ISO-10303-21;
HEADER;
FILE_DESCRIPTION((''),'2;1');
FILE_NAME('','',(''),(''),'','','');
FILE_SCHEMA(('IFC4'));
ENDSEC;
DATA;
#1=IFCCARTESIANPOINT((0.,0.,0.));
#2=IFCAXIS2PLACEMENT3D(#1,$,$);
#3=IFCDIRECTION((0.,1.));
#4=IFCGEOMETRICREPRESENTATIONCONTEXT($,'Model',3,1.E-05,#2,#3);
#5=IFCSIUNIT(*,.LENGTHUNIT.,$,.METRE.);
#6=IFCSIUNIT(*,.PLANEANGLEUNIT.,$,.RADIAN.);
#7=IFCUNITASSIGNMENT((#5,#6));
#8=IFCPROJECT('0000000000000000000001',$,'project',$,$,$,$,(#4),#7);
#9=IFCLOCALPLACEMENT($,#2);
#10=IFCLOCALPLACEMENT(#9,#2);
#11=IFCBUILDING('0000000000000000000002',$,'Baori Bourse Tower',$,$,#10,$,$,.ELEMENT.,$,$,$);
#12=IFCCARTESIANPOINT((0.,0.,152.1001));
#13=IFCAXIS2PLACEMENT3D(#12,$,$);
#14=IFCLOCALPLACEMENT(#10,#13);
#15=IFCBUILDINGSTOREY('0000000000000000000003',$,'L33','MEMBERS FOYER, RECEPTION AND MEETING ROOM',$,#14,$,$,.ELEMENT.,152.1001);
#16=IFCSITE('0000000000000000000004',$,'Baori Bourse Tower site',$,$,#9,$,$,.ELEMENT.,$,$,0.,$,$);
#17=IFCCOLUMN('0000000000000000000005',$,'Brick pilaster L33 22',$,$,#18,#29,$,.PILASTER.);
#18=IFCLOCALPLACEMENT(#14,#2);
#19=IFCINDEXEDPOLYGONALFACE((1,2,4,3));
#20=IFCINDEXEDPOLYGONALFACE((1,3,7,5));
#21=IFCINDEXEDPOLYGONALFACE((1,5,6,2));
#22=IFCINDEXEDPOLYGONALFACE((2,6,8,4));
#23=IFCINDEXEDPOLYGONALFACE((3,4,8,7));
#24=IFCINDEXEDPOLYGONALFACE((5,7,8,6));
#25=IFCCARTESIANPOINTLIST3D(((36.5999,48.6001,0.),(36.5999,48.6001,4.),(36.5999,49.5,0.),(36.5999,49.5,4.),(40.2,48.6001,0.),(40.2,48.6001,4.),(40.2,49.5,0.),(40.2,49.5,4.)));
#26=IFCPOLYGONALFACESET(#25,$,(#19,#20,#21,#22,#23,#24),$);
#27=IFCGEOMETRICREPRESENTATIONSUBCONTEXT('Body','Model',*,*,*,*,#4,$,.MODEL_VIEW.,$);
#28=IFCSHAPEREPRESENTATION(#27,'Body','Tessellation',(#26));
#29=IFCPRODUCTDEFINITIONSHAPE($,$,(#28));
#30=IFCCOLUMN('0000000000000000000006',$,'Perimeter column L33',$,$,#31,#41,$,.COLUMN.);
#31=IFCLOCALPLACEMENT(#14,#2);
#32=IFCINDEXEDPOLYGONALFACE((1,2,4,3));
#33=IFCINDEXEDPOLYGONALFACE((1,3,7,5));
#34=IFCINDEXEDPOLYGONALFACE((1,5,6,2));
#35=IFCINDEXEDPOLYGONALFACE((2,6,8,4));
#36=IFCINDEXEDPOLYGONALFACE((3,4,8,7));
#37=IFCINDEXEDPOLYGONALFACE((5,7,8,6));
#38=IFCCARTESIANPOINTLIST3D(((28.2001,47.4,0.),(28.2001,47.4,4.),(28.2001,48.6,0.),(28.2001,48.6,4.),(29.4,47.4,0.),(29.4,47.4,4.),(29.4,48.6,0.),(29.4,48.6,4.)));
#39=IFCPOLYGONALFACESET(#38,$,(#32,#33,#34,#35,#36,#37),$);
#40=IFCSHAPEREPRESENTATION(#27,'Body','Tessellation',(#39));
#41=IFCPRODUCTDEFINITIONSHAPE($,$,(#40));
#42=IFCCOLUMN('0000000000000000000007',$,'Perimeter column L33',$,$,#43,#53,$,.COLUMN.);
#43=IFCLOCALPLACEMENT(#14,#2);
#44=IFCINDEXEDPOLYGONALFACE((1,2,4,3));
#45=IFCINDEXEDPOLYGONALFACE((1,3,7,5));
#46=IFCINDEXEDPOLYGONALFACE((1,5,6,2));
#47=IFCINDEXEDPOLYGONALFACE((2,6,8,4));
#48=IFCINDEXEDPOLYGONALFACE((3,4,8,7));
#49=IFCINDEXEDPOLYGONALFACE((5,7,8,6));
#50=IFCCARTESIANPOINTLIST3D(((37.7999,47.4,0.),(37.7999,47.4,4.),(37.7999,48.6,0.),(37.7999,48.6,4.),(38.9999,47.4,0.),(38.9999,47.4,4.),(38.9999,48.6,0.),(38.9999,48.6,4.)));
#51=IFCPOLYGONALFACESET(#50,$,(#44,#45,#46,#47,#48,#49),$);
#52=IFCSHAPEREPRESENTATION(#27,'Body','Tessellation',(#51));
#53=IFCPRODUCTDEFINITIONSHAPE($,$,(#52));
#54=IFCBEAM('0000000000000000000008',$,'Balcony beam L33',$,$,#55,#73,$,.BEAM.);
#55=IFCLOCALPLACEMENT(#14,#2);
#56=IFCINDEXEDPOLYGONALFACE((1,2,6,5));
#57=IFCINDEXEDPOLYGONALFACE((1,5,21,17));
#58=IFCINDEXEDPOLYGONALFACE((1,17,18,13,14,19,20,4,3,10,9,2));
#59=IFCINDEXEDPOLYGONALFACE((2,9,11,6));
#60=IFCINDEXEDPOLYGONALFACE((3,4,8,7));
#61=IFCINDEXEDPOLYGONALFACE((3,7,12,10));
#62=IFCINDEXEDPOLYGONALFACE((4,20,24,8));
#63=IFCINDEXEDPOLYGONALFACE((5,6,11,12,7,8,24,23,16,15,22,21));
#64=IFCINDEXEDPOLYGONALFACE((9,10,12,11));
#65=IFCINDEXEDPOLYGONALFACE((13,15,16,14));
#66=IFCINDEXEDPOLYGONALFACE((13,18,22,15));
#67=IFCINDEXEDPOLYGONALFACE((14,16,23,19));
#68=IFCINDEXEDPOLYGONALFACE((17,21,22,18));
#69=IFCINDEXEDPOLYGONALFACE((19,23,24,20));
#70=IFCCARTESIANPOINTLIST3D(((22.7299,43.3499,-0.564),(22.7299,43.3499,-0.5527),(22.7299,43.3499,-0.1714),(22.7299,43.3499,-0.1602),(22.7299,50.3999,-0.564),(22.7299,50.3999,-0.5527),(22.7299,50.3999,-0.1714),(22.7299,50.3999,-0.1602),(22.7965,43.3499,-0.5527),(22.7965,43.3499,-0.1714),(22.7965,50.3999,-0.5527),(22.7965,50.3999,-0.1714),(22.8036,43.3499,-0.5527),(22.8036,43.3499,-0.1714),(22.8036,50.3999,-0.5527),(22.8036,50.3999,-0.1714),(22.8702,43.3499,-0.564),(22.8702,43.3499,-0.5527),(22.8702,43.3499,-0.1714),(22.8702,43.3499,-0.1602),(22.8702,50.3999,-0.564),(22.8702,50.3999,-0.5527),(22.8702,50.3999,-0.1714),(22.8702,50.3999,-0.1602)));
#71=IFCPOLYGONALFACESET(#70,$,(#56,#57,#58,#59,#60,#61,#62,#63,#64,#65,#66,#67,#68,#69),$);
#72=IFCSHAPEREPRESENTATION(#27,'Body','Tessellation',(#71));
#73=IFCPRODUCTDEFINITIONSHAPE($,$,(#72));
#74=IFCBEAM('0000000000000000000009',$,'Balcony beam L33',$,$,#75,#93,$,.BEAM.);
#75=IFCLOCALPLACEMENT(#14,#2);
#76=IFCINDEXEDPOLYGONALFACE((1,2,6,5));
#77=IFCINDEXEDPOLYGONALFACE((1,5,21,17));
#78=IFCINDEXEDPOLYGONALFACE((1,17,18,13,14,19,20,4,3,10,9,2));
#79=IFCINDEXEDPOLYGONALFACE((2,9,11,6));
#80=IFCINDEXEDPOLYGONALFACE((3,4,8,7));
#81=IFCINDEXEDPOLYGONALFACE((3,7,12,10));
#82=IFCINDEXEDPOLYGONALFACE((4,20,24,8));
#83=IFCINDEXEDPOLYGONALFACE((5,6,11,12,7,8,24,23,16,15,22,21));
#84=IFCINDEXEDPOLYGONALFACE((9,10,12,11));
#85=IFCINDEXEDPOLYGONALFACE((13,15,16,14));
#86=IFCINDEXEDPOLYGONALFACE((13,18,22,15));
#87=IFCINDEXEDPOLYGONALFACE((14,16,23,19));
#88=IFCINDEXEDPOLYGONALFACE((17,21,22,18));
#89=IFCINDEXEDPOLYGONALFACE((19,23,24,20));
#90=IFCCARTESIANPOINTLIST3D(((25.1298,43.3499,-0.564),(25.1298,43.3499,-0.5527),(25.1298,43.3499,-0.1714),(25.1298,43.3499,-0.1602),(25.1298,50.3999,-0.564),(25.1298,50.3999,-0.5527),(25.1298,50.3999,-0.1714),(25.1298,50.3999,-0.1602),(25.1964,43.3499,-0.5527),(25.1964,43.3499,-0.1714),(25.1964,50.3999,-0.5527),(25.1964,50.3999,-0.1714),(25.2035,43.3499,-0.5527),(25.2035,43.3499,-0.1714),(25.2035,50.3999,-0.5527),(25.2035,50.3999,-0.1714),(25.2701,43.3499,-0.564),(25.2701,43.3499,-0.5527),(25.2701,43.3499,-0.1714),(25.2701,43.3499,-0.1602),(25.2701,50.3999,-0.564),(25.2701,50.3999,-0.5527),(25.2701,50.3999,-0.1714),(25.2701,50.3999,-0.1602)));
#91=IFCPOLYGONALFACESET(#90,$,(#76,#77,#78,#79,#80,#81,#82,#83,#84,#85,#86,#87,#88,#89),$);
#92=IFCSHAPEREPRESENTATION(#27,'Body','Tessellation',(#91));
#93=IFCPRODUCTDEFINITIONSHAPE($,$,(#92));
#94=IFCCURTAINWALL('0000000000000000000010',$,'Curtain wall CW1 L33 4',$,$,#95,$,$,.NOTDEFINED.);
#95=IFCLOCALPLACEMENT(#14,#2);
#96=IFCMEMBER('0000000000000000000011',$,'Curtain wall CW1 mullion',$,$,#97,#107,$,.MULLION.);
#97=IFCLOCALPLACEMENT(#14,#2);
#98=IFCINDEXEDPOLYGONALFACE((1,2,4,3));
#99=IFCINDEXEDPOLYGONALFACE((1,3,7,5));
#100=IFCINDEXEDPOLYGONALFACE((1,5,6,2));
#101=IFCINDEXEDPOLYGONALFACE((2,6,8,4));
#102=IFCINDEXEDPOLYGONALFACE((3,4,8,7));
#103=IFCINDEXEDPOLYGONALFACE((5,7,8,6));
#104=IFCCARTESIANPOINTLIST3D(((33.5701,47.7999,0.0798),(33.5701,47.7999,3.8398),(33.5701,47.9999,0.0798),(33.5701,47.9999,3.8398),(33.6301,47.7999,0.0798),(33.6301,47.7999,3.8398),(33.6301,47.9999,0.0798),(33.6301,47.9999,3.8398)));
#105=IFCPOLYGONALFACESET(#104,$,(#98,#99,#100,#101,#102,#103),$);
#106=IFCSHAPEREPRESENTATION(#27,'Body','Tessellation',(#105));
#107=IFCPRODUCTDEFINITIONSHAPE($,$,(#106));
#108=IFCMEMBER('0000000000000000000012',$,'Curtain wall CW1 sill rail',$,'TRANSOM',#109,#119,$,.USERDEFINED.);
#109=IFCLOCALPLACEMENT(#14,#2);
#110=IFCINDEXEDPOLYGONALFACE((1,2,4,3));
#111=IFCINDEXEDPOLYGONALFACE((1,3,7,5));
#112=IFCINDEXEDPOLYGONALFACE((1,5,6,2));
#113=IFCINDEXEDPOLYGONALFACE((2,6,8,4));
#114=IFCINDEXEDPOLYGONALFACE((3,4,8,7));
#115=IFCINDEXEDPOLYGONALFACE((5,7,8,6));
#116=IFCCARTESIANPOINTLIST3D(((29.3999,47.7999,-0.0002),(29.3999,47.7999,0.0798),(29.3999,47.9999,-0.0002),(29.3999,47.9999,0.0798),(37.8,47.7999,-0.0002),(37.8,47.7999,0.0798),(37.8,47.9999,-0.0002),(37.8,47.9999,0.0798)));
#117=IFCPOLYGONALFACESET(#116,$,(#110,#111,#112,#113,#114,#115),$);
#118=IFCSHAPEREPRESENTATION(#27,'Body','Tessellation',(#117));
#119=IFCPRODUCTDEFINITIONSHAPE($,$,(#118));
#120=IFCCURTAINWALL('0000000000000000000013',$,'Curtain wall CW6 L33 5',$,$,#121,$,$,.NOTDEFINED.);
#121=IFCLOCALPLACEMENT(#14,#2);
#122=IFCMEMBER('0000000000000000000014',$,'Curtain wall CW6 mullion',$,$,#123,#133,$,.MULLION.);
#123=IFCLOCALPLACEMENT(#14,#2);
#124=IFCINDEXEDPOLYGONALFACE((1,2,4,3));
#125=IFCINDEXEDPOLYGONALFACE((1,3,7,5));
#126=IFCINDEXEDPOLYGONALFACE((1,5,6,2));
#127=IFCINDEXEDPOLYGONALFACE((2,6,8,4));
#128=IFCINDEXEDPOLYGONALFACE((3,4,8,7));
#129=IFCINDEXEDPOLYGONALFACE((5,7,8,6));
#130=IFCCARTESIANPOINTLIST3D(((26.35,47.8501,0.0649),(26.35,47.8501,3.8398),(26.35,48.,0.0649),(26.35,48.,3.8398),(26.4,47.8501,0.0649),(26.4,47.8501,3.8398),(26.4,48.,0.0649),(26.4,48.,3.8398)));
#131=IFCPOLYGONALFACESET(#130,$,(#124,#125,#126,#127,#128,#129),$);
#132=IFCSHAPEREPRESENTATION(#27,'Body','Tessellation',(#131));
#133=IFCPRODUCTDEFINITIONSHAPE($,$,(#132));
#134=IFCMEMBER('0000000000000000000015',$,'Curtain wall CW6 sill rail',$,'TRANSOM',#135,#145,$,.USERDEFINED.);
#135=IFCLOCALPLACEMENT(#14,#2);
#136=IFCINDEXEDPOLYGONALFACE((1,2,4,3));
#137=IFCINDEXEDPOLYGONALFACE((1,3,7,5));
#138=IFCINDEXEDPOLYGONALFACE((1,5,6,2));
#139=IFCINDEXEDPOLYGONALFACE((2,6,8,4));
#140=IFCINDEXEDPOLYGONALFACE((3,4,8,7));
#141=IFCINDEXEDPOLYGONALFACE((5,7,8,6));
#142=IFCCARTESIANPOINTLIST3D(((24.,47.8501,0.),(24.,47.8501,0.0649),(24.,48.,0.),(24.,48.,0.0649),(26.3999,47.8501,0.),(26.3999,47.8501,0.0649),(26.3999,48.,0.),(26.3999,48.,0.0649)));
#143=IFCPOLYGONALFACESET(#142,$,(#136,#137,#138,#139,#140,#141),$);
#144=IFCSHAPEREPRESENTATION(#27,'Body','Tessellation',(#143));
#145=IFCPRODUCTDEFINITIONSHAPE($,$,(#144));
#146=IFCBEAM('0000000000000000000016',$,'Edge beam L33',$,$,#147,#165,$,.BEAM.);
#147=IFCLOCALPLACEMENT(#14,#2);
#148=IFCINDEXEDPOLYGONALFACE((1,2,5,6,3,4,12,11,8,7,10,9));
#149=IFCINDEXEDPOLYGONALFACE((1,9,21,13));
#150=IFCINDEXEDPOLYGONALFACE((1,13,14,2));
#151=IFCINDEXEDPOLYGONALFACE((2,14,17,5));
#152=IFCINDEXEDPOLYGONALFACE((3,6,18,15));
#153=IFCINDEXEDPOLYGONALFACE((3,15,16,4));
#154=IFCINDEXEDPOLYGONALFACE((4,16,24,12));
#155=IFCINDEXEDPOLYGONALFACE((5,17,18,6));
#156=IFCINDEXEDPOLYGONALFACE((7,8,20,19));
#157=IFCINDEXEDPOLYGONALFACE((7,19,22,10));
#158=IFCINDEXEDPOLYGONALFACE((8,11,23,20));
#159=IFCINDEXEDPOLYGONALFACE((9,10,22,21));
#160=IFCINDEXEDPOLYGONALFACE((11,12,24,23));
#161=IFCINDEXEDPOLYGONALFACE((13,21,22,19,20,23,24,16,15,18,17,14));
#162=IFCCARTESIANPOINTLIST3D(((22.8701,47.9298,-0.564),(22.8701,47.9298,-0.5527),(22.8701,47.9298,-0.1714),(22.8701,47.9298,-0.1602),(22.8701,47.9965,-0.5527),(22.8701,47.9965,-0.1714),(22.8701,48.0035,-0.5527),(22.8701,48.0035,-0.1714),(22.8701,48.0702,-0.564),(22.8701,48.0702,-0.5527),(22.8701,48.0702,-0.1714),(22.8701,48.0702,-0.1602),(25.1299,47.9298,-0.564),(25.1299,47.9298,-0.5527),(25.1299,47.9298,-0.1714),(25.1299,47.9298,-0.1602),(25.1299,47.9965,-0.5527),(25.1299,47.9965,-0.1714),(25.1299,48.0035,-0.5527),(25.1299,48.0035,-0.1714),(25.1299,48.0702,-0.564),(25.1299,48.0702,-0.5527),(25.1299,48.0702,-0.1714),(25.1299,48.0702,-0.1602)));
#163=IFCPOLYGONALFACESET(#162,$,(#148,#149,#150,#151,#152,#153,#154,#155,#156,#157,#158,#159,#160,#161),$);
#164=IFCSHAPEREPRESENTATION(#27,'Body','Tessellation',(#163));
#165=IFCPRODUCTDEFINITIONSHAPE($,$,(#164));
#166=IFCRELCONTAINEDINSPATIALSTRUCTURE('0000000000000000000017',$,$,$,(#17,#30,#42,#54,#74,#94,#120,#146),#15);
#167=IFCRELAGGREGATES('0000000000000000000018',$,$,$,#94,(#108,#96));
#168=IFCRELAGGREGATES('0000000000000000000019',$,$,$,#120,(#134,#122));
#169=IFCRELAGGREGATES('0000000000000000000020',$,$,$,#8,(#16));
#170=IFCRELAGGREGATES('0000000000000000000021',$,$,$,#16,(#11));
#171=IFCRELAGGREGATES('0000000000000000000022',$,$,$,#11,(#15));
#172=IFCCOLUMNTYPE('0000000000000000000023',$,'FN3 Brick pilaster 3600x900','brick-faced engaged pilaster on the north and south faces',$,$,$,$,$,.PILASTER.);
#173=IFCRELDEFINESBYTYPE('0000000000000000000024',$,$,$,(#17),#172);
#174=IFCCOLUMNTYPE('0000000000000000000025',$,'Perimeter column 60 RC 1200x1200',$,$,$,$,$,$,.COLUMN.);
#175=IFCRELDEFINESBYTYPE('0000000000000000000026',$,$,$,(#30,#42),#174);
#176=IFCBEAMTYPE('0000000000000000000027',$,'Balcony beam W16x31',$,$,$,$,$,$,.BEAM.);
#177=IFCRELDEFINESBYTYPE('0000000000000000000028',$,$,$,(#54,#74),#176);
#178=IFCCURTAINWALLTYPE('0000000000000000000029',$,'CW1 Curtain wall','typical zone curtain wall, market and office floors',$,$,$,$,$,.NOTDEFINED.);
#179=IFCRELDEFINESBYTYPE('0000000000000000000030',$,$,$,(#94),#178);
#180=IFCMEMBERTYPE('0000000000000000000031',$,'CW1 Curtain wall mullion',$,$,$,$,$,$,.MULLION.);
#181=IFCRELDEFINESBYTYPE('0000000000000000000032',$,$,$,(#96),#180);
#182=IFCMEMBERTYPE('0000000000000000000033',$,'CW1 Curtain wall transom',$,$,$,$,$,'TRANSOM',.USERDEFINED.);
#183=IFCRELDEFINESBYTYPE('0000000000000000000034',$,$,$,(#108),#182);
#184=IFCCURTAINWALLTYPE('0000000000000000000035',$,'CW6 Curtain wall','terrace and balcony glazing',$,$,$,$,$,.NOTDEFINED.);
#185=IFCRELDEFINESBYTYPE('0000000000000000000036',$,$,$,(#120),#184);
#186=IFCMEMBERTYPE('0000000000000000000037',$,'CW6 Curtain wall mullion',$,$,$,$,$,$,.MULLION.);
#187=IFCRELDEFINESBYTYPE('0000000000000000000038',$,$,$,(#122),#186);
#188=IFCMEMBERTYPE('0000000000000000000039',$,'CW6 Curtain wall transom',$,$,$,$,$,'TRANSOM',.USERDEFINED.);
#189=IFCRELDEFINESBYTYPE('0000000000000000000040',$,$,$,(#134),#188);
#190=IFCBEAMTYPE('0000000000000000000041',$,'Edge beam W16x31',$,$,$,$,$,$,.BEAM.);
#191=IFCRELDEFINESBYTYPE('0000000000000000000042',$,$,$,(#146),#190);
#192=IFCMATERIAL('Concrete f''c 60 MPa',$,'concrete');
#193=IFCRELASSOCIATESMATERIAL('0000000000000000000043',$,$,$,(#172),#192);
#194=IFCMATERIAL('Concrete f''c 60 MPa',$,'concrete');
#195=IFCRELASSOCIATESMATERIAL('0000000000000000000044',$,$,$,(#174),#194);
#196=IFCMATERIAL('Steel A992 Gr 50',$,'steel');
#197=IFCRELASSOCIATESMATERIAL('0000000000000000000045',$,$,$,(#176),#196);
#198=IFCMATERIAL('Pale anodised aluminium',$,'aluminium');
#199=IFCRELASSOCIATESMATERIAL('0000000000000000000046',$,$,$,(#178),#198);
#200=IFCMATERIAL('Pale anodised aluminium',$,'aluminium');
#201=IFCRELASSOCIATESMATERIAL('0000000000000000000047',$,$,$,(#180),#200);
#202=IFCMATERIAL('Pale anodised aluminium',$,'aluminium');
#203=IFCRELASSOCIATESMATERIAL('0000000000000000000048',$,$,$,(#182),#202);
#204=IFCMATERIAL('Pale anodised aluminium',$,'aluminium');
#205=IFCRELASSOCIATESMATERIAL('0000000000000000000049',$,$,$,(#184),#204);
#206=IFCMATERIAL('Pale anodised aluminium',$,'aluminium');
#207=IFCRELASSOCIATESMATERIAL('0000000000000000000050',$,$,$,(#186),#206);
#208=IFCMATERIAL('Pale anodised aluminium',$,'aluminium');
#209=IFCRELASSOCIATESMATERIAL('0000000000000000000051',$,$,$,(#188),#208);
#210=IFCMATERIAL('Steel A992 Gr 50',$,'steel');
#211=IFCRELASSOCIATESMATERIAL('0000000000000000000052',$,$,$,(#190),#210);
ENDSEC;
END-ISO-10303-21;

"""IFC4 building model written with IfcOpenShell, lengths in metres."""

from ifc_helpers import new_model, si_unit, direction, frame, origin, origin_2d, place, context, subcontext, project, spatial, rectangle, i_section, extrude, material, material_profile, profile_set, type_object, element, aggregate, save


model = new_model("IFC4")

# Units and contexts
model_context = context("Model", 3, precision=1e-05, world=origin(), true_north=direction((0.0, 1.0)))
body_context = subcontext(model_context, "Body", "Model", "MODEL_VIEW")
ifc_project = project(units=[si_unit("LENGTHUNIT", "METRE"), si_unit("PLANEANGLEUNIT", "RADIAN")], contexts=[model_context])

# Site, building, storey
site_placement = place(None, origin())
site = spatial("IfcSite", under=ifc_project, at=site_placement, Name="Baori Bourse Tower site", CompositionType="ELEMENT", RefElevation=0.0)
building_placement = place(site_placement, origin())
building = spatial("IfcBuilding", under=site, at=building_placement, Name="Baori Bourse Tower", CompositionType="ELEMENT")
storey_placement = place(building_placement, frame((0.0, 0.0, 152.1001)))
storey = spatial("IfcBuildingStorey", under=building, at=storey_placement, Name="L33", Description="MEMBERS FOYER, RECEPTION AND MEETING ROOM", CompositionType="ELEMENT", Elevation=152.1001)

# Columns
ifc_material_1 = material(Name="Concrete f'c 60 MPa", Category="concrete")
ifc_material_profile_1 = material_profile(ifc_material_1, rectangle(XDim=3.6001, YDim=0.8999, at=origin_2d()), Name="RC 3600x900")
ifc_profile_set_1 = profile_set([ifc_material_profile_1], Name="Concrete f'c 60 MPa")
column_type_1 = type_object("IfcColumnType", Name="FN3 Brick pilaster 3600x900", Description="brick-faced engaged pilaster on the north and south faces", PredefinedType="PILASTER", material=ifc_profile_set_1)
column_placement = place(storey_placement, frame((38.3999, 49.05, 0.0), z_axis=(0.0, 0.0, 1.0), x_axis=(1.0, 0.0, 0.0)))
element("IfcColumn", 1, at=column_placement, inside=storey, type_object=column_type_1, Name="Brick pilaster L33 22", PredefinedType="PILASTER", context=body_context, shape_type="SweptSolid", body=[
    extrude(rectangle(XDim=3.6001, YDim=0.8999, at=origin_2d()), origin(), (0.0, 0.0, 1.0), 4.0),
])
ifc_material_2 = material(Name="Concrete f'c 60 MPa", Category="concrete")
ifc_material_profile_2 = material_profile(ifc_material_2, rectangle(XDim=1.2, YDim=1.2, at=origin_2d()), Name="RC 1200x1200")
ifc_profile_set_2 = profile_set([ifc_material_profile_2], Name="Concrete f'c 60 MPa")
column_type_2 = type_object("IfcColumnType", Name="Perimeter column 60 RC 1200x1200", PredefinedType="COLUMN", material=ifc_profile_set_2)
for number, where, z_axis, x_axis, name in (
    (2, (28.8, 48.0, 0.0), (0.0, 0.0, 1.0), (1.0, 0.0, 0.0), "Perimeter column L33"),
    (3, (38.3999, 48.0, 0.0), (0.0, 0.0, 1.0), (1.0, 0.0, 0.0), "Perimeter column L33"),
):
    element("IfcColumn", number, at=place(storey_placement, frame(where, z_axis=z_axis, x_axis=x_axis)), inside=storey, type_object=column_type_2, Name=name, PredefinedType="COLUMN", context=body_context, shape_type="SweptSolid", body=[
        extrude(rectangle(XDim=1.2, YDim=1.2, at=origin_2d()), origin(), (0.0, 0.0, 1.0), 4.0),
    ])

# Beams
ifc_material_3 = material(Name="Steel A992 Gr 50", Category="steel")
ifc_material_profile_3 = material_profile(ifc_material_3, i_section(OverallWidth=0.1404, OverallDepth=0.4038, WebThickness=0.0071, FlangeThickness=0.0112, at=origin_2d()), Name="W16x31")
ifc_profile_set_3 = profile_set([ifc_material_profile_3], Name="Steel A992 Gr 50")
beam_type_1 = type_object("IfcBeamType", Name="Balcony beam W16x31", PredefinedType="BEAM", material=ifc_profile_set_3)
for number, where, z_axis, x_axis, name in (
    (4, (22.8, 50.3999, -0.3621), (0.0, -1.0, 0.0), (1.0, 0.0, 0.0), "Balcony beam L33"),
    (5, (25.2, 50.3999, -0.3621), (0.0, -1.0, 0.0), (1.0, 0.0, 0.0), "Balcony beam L33"),
):
    element("IfcBeam", number, at=place(storey_placement, frame(where, z_axis=z_axis, x_axis=x_axis)), inside=storey, type_object=beam_type_1, Name=name, PredefinedType="BEAM", context=body_context, shape_type="SweptSolid", body=[
        extrude(i_section(OverallWidth=0.1404, OverallDepth=0.4038, WebThickness=0.0071, FlangeThickness=0.0112, at=origin_2d()), origin(), (0.0, 0.0, 1.0), 7.05),
    ])

# Curtain walls, members
ifc_material_4 = material(Name="Pale anodised aluminium", Category="aluminium")
curtain_wall_type_1 = type_object("IfcCurtainWallType", Name="CW1 Curtain wall", Description="typical zone curtain wall, market and office floors", PredefinedType="NOTDEFINED", material=ifc_material_4)
curtain_wall_1_placement = place(storey_placement, origin())
curtain_wall_1 = element("IfcCurtainWall", 6, at=curtain_wall_1_placement, inside=storey, type_object=curtain_wall_type_1, Name="Curtain wall CW1 L33 4", PredefinedType="NOTDEFINED")
ifc_material_5 = material(Name="Pale anodised aluminium", Category="aluminium")
ifc_material_profile_4 = material_profile(ifc_material_5, rectangle(XDim=0.2, YDim=0.0601, at=origin_2d()), Name="Mullion 60x200")
ifc_profile_set_4 = profile_set([ifc_material_profile_4], Name="Pale anodised aluminium")
member_type_1 = type_object("IfcMemberType", Name="CW1 Curtain wall mullion", PredefinedType="MULLION", material=ifc_profile_set_4)
member_1_placement = place(storey_placement, frame((33.6001, 47.8999, 0.0798), z_axis=(0.0, 0.0, 1.0), x_axis=(0.0, -1.0, 0.0)))
member_1 = element("IfcMember", 7, at=member_1_placement, type_object=member_type_1, Name="Curtain wall CW1 mullion", PredefinedType="MULLION", context=body_context, shape_type="SweptSolid", body=[
    extrude(rectangle(XDim=0.2, YDim=0.0601, at=origin_2d()), origin(), (0.0, 0.0, 1.0), 3.76),
])
ifc_material_6 = material(Name="Pale anodised aluminium", Category="aluminium")
ifc_material_profile_5 = material_profile(ifc_material_6, rectangle(XDim=0.2, YDim=0.0801, at=origin_2d()), Name="Transom 80x200")
ifc_profile_set_5 = profile_set([ifc_material_profile_5], Name="Pale anodised aluminium")
member_type_2 = type_object("IfcMemberType", Name="CW1 Curtain wall transom", ElementType="TRANSOM", PredefinedType="USERDEFINED", material=ifc_profile_set_5)
member_2_placement = place(storey_placement, frame((37.8, 47.8999, 0.0398), z_axis=(-1.0, 0.0, 0.0), x_axis=(0.0, -1.0, 0.0)))
member_2 = element("IfcMember", 8, at=member_2_placement, type_object=member_type_2, Name="Curtain wall CW1 sill rail", ObjectType="TRANSOM", PredefinedType="USERDEFINED", context=body_context, shape_type="SweptSolid", body=[
    extrude(rectangle(XDim=0.2, YDim=0.0801, at=origin_2d()), origin(), (0.0, 0.0, 1.0), 8.4001),
])
ifc_material_7 = material(Name="Pale anodised aluminium", Category="aluminium")
curtain_wall_type_2 = type_object("IfcCurtainWallType", Name="CW6 Curtain wall", Description="terrace and balcony glazing", PredefinedType="NOTDEFINED", material=ifc_material_7)
curtain_wall_2_placement = place(storey_placement, origin())
curtain_wall_2 = element("IfcCurtainWall", 9, at=curtain_wall_2_placement, inside=storey, type_object=curtain_wall_type_2, Name="Curtain wall CW6 L33 5", PredefinedType="NOTDEFINED")
ifc_material_8 = material(Name="Pale anodised aluminium", Category="aluminium")
ifc_material_profile_6 = material_profile(ifc_material_8, rectangle(XDim=0.1499, YDim=0.05, at=origin_2d()), Name="Mullion 50x150")
ifc_profile_set_6 = profile_set([ifc_material_profile_6], Name="Pale anodised aluminium")
member_type_3 = type_object("IfcMemberType", Name="CW6 Curtain wall mullion", PredefinedType="MULLION", material=ifc_profile_set_6)
member_3_placement = place(storey_placement, frame((26.375, 47.925, 0.0649), z_axis=(0.0, 0.0, 1.0), x_axis=(0.0, -1.0, 0.0)))
member_3 = element("IfcMember", 10, at=member_3_placement, type_object=member_type_3, Name="Curtain wall CW6 mullion", PredefinedType="MULLION", context=body_context, shape_type="SweptSolid", body=[
    extrude(rectangle(XDim=0.1499, YDim=0.05, at=origin_2d()), origin(), (0.0, 0.0, 1.0), 3.7749),
])
ifc_material_9 = material(Name="Pale anodised aluminium", Category="aluminium")
ifc_material_profile_7 = material_profile(ifc_material_9, rectangle(XDim=0.1499, YDim=0.0649, at=origin_2d()), Name="Transom 65x150")
ifc_profile_set_7 = profile_set([ifc_material_profile_7], Name="Pale anodised aluminium")
member_type_4 = type_object("IfcMemberType", Name="CW6 Curtain wall transom", ElementType="TRANSOM", PredefinedType="USERDEFINED", material=ifc_profile_set_7)
member_4_placement = place(storey_placement, frame((26.3999, 47.925, 0.0325), z_axis=(-1.0, 0.0, 0.0), x_axis=(0.0, -1.0, 0.0)))
member_4 = element("IfcMember", 11, at=member_4_placement, type_object=member_type_4, Name="Curtain wall CW6 sill rail", ObjectType="TRANSOM", PredefinedType="USERDEFINED", context=body_context, shape_type="SweptSolid", body=[
    extrude(rectangle(XDim=0.1499, YDim=0.0649, at=origin_2d()), origin(), (0.0, 0.0, 1.0), 2.3999),
])

# Beam
ifc_material_10 = material(Name="Steel A992 Gr 50", Category="steel")
ifc_material_profile_8 = material_profile(ifc_material_10, i_section(OverallWidth=0.1404, OverallDepth=0.4038, WebThickness=0.0071, FlangeThickness=0.0112, at=origin_2d()), Name="W16x31")
ifc_profile_set_8 = profile_set([ifc_material_profile_8], Name="Steel A992 Gr 50")
beam_type_2 = type_object("IfcBeamType", Name="Edge beam W16x31", PredefinedType="BEAM", material=ifc_profile_set_8)
beam_1_placement = place(storey_placement, frame((22.8701, 48.0, -0.3621), z_axis=(1.0, 0.0, 0.0), x_axis=(0.0, 1.0, 0.0)))
element("IfcBeam", 12, at=beam_1_placement, inside=storey, type_object=beam_type_2, Name="Edge beam L33", PredefinedType="BEAM", context=body_context, shape_type="SweptSolid", body=[
    extrude(i_section(OverallWidth=0.1404, OverallDepth=0.4038, WebThickness=0.0071, FlangeThickness=0.0112, at=origin_2d()), origin(), (0.0, 0.0, 1.0), 2.2598),
])

aggregate(curtain_wall_1, [member_2, member_1])
aggregate(curtain_wall_2, [member_4, member_3])

save(model, "model.ifc")
